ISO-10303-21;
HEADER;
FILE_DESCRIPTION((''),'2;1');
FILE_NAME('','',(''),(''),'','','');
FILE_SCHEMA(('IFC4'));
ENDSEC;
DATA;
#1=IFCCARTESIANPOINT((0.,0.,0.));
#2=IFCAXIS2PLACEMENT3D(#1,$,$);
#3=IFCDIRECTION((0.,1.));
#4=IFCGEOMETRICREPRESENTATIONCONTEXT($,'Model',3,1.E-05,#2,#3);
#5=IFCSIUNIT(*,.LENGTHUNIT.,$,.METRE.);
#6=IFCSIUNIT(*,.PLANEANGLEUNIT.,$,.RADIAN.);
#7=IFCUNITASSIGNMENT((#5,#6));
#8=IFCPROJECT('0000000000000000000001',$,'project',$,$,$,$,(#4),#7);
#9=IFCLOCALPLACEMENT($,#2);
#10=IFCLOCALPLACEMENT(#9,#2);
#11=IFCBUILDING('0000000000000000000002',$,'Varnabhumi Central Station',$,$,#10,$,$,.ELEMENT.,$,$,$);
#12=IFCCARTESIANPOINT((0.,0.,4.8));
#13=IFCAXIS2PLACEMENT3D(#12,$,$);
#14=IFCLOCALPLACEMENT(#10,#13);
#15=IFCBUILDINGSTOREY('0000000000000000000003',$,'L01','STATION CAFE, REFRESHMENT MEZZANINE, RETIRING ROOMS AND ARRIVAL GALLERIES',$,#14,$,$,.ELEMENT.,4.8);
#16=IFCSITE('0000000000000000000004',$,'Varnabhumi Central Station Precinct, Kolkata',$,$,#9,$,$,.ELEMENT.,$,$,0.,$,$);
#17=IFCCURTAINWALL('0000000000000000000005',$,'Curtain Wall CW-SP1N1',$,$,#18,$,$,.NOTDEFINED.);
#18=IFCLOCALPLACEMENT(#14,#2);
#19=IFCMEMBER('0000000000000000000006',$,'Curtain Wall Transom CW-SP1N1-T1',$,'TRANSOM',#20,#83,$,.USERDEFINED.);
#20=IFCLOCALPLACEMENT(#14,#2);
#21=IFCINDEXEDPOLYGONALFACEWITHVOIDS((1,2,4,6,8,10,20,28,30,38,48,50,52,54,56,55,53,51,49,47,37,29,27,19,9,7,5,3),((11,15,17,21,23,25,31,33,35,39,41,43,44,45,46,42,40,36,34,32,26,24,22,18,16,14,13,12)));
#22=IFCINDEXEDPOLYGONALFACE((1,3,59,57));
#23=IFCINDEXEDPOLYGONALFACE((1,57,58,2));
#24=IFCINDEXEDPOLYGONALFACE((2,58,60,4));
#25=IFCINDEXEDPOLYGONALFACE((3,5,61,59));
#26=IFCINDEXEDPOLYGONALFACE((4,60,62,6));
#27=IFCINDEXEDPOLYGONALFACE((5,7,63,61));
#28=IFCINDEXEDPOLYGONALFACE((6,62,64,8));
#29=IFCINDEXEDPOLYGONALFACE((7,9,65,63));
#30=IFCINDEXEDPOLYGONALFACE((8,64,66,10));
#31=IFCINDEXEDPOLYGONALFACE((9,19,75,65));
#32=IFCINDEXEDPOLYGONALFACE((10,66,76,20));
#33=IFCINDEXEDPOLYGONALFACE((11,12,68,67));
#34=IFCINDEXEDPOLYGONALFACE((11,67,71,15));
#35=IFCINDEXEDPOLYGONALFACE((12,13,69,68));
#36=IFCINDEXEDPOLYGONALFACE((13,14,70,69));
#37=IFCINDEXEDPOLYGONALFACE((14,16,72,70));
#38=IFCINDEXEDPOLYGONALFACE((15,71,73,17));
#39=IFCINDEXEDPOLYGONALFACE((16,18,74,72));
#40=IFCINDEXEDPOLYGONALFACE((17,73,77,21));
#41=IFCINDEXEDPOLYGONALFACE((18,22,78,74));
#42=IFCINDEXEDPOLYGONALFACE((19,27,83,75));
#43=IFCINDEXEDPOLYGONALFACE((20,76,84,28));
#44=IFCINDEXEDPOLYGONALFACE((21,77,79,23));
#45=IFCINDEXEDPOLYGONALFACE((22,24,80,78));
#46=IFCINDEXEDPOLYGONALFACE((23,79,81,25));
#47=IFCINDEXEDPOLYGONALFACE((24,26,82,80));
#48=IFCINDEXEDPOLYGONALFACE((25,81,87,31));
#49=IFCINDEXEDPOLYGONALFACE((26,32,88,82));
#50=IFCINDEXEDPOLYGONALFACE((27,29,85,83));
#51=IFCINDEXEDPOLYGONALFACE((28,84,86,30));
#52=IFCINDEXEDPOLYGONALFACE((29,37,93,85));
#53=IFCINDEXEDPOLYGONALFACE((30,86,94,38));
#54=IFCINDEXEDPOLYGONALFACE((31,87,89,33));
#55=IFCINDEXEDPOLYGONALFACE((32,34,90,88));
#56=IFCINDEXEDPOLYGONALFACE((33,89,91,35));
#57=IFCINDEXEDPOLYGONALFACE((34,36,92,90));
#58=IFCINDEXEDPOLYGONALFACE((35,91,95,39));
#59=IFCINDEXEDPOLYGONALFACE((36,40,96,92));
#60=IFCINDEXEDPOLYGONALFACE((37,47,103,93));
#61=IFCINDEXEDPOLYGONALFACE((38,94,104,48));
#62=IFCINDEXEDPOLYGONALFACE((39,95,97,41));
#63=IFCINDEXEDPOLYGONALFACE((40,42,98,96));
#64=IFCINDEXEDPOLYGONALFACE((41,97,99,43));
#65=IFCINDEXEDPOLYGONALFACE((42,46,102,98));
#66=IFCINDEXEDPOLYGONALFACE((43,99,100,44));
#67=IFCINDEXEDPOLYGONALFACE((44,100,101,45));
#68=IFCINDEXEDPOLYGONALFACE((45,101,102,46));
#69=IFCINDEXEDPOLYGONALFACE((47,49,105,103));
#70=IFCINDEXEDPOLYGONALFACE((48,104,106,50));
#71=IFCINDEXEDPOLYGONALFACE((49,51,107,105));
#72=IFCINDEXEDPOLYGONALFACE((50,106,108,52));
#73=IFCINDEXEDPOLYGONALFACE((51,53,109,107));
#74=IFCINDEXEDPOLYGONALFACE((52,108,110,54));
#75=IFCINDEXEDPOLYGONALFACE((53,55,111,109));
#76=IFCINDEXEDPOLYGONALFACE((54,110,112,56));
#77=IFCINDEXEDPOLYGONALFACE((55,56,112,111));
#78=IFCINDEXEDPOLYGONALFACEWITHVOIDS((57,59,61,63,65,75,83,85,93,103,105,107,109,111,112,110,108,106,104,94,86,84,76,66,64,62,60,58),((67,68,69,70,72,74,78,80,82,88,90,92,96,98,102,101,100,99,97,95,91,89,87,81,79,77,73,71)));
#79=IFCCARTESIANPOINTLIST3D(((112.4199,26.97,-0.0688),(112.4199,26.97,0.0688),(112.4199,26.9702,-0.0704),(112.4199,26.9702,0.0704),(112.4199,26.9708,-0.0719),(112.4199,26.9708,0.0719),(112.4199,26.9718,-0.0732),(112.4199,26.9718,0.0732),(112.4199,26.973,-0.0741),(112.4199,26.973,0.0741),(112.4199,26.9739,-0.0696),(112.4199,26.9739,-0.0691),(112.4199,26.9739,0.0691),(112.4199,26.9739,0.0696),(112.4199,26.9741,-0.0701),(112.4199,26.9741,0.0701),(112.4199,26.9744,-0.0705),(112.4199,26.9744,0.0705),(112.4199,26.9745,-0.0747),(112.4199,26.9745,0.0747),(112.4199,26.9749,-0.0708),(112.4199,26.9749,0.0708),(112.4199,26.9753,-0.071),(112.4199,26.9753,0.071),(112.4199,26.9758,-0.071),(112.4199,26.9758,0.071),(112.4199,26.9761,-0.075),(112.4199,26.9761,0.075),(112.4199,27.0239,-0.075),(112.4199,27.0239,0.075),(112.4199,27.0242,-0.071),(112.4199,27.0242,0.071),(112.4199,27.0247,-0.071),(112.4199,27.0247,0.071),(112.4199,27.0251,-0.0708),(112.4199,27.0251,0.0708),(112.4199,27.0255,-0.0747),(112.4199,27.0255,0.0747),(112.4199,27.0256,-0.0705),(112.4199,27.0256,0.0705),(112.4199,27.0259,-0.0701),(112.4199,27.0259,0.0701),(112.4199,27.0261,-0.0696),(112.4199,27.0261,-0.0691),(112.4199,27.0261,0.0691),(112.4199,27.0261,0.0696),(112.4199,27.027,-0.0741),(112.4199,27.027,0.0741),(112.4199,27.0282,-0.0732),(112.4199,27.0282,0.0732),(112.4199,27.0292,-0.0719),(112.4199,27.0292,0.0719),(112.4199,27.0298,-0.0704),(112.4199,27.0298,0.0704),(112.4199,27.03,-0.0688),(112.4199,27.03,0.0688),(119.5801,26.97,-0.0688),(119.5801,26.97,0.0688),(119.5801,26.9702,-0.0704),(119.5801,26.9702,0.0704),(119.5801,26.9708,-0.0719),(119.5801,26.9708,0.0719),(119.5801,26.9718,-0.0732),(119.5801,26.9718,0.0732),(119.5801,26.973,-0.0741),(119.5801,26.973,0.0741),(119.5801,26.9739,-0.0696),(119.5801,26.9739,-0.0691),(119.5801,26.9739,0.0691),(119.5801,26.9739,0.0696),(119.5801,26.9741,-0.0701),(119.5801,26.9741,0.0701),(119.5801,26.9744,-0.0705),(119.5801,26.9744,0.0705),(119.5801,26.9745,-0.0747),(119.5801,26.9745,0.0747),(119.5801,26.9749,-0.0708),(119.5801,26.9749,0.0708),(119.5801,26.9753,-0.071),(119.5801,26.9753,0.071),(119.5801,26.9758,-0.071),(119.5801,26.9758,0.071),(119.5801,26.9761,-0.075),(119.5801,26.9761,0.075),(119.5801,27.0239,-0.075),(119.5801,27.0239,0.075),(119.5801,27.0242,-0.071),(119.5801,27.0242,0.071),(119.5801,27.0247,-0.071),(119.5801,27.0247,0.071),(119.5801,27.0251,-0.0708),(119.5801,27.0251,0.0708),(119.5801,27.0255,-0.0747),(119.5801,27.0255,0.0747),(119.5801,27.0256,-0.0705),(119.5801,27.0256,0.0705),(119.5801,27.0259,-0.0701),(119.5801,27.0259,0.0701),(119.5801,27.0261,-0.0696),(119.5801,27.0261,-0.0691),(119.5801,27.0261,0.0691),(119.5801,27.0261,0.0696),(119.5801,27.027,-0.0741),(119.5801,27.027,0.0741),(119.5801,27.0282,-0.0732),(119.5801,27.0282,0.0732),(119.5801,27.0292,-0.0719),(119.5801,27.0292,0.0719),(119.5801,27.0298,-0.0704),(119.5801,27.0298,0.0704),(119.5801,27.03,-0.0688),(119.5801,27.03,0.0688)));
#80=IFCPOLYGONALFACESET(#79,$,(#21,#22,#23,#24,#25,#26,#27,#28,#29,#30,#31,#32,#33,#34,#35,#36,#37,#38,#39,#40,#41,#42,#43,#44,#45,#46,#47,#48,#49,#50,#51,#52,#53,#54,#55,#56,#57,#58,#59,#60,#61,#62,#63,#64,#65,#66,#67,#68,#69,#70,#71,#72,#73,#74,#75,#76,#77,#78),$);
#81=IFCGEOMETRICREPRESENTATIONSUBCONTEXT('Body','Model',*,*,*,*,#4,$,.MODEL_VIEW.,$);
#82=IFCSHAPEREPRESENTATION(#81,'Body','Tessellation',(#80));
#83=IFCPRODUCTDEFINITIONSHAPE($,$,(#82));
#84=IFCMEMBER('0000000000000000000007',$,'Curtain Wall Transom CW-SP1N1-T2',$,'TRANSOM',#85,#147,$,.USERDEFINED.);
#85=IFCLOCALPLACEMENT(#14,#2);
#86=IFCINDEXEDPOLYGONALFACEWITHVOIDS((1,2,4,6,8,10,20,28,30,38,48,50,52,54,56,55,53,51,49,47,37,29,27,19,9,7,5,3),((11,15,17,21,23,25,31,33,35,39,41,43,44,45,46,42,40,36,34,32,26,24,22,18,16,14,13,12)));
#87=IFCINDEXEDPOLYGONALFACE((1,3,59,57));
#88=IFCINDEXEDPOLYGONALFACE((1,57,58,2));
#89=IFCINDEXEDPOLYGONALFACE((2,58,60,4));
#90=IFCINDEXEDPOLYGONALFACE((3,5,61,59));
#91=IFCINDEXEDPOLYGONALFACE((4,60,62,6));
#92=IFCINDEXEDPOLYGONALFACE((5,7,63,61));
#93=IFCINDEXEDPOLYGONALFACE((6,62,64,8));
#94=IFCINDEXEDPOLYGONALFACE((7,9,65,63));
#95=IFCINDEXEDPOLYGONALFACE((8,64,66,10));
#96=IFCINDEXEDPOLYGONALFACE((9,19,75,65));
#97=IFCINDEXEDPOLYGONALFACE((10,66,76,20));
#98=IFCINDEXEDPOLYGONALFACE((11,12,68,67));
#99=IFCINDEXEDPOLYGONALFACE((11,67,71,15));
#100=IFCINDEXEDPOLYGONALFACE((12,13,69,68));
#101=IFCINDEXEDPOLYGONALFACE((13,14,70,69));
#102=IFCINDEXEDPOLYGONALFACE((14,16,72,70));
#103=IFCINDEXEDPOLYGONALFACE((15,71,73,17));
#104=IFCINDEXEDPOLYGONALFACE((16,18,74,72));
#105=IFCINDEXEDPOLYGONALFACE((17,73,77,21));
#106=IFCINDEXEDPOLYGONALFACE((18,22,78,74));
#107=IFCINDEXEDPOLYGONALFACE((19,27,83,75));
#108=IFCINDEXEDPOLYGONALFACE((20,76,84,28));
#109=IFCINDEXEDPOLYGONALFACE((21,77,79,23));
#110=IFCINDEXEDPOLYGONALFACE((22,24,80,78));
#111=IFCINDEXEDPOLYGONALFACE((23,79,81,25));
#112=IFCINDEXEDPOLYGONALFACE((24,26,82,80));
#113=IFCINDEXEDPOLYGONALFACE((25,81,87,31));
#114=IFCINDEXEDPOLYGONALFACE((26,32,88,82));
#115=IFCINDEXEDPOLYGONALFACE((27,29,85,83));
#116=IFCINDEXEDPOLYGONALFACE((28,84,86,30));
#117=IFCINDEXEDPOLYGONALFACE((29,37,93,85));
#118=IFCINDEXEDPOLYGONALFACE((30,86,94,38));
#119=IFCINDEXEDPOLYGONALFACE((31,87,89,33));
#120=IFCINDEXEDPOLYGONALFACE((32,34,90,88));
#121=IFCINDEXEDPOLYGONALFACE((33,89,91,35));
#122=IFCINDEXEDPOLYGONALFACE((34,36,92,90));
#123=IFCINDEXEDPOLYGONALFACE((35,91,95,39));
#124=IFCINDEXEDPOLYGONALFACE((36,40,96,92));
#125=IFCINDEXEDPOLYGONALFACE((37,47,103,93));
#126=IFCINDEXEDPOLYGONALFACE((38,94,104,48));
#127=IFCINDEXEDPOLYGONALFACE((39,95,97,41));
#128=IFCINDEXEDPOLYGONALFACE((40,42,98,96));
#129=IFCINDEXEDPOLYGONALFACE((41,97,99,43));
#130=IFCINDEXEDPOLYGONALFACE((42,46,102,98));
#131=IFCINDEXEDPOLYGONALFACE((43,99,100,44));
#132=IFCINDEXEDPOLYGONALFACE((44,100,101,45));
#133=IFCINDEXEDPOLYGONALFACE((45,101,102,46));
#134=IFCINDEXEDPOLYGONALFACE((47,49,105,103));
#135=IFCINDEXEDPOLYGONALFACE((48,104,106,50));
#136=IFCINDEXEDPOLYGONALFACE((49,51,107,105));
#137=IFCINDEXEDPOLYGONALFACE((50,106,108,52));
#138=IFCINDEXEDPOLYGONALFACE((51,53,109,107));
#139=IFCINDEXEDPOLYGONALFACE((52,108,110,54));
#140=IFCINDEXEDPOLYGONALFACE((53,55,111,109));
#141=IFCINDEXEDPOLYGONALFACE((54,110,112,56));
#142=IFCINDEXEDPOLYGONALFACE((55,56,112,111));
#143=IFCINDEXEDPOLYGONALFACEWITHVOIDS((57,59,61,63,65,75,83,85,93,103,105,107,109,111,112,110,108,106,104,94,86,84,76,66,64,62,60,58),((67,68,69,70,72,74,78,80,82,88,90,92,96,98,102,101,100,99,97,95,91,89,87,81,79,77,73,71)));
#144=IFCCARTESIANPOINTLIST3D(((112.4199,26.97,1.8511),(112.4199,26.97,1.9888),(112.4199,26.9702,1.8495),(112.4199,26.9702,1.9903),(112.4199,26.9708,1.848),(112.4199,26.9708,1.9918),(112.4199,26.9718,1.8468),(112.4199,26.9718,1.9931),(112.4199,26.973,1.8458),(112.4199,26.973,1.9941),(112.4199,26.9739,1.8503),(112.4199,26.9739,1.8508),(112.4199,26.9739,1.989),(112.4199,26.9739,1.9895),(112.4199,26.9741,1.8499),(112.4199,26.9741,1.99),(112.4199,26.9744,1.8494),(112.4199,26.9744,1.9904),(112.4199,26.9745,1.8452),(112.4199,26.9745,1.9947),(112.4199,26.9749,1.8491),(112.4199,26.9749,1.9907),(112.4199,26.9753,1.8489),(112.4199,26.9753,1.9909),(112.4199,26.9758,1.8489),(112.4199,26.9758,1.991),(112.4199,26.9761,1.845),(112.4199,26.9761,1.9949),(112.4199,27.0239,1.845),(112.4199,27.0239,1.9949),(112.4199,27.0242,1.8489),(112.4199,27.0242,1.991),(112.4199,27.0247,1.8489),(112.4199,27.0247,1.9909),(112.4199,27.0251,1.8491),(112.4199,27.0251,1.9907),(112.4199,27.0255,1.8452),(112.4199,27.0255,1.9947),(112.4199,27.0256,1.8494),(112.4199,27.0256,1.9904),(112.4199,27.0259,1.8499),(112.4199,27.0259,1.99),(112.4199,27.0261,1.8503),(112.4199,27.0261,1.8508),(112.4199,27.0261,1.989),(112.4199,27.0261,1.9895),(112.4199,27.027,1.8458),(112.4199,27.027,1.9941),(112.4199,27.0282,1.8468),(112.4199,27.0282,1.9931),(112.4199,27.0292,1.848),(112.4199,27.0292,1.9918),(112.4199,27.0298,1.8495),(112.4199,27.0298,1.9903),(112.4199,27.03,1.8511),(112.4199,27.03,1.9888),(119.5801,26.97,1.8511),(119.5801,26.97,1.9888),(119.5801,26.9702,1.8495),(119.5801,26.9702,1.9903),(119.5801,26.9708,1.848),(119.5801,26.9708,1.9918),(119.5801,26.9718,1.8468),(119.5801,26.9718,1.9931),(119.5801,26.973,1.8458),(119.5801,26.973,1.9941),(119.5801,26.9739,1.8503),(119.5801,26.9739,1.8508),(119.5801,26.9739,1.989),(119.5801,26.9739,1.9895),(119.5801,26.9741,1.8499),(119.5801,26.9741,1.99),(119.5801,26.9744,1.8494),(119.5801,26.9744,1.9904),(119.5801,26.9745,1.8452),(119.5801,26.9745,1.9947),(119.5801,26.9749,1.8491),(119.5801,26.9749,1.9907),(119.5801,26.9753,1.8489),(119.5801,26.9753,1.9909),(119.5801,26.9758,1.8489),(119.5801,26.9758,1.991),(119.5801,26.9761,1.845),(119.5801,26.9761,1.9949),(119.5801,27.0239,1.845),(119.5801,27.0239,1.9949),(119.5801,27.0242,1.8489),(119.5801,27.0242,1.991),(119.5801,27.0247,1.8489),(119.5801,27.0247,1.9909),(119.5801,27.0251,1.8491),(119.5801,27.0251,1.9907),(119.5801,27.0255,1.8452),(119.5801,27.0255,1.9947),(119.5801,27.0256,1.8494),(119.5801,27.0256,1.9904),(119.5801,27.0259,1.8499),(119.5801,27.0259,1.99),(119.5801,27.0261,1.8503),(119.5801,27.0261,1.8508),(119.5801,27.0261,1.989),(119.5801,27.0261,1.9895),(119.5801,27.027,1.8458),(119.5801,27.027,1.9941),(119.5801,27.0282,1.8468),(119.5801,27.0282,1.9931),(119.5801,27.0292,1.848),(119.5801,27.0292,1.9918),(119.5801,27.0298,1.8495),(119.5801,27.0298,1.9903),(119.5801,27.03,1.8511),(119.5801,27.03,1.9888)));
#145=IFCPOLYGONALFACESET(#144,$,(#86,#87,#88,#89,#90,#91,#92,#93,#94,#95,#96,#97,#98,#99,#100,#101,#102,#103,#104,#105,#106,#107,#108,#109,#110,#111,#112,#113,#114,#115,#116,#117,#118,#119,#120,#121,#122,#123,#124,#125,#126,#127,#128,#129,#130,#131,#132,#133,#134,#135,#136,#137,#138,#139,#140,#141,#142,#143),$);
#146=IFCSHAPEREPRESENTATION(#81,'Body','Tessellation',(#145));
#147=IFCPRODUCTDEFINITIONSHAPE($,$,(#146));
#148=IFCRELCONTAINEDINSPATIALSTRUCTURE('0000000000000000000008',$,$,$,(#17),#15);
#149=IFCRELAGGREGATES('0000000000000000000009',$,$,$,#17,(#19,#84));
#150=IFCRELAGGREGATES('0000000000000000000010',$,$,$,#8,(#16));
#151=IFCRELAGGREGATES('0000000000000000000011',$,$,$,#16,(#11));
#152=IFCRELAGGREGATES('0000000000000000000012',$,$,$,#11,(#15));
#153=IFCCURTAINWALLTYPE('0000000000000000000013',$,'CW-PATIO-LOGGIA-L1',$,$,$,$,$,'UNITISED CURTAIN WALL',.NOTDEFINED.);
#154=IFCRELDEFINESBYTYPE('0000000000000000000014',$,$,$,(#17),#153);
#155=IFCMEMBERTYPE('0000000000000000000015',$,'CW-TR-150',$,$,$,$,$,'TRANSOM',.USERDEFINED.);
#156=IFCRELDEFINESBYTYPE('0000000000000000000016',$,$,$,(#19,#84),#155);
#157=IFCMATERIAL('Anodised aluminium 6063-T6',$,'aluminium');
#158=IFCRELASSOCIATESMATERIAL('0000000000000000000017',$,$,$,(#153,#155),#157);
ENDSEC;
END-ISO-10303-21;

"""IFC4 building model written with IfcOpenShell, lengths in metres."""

from ifc_helpers import new_model, si_unit, direction, frame, origin, origin_2d, place, context, subcontext, project, spatial, hollow_rectangle, extrude, material, material_profile, profile_set, type_object, element, aggregate, save


model = new_model("IFC4")

# Units and contexts
model_context = context("Model", 3, precision=1e-05, world=origin(), true_north=direction((0.0, 1.0)))
body_context = subcontext(model_context, "Body", "Model", "MODEL_VIEW")
ifc_project = project(units=[si_unit("LENGTHUNIT", "METRE"), si_unit("PLANEANGLEUNIT", "RADIAN")], contexts=[model_context])

# Site, building, storey
site_placement = place(None, origin())
site = spatial("IfcSite", under=ifc_project, at=site_placement, Name="Varnabhumi Central Station Precinct, Kolkata", CompositionType="ELEMENT", RefElevation=0.0)
building_placement = place(site_placement, origin())
building = spatial("IfcBuilding", under=site, at=building_placement, Name="Varnabhumi Central Station", CompositionType="ELEMENT")
storey_placement = place(building_placement, frame((0.0, 0.0, 4.8)))
storey = spatial("IfcBuildingStorey", under=building, at=storey_placement, Name="L01", Description="STATION CAFE, REFRESHMENT MEZZANINE, RETIRING ROOMS AND ARRIVAL GALLERIES", CompositionType="ELEMENT", Elevation=4.8)

# Curtain wall, members
ifc_material_1 = material(Name="Anodised aluminium 6063-T6", Category="aluminium")
curtain_wall_type = type_object("IfcCurtainWallType", Name="CW-PATIO-LOGGIA-L1", ElementType="UNITISED CURTAIN WALL", PredefinedType="NOTDEFINED", material=ifc_material_1)
curtain_wall_1_placement = place(storey_placement, origin())
curtain_wall_1 = element("IfcCurtainWall", 1, at=curtain_wall_1_placement, inside=storey, type_object=curtain_wall_type, Name="Curtain Wall CW-SP1N1", PredefinedType="NOTDEFINED")
ifc_material_profile_1 = material_profile(ifc_material_1, hollow_rectangle(XDim=0.0601, YDim=0.1499, WallThickness=0.0039, InnerFilletRadius=0.002, OuterFilletRadius=0.0061, at=origin_2d()), Name="Anodised aluminium 6063-T6", Category="aluminium")
ifc_profile_set_1 = profile_set([ifc_material_profile_1], Name="Anodised aluminium 6063-T6")
member_type_1 = type_object("IfcMemberType", Name="CW-TR-150", ElementType="TRANSOM", PredefinedType="USERDEFINED", material=ifc_profile_set_1)
member_1_placement = place(storey_placement, frame((112.4199, 27.0, 0.0), z_axis=(1.0, 0.0, 0.0), x_axis=(0.0, 1.0, 0.0)))
member_1 = element("IfcMember", 2, at=member_1_placement, type_object=member_type_1, Name="Curtain Wall Transom CW-SP1N1-T1", ObjectType="TRANSOM", PredefinedType="USERDEFINED", context=body_context, shape_type="SweptSolid", body=[
    extrude(hollow_rectangle(XDim=0.0601, YDim=0.1499, WallThickness=0.0039, InnerFilletRadius=0.002, OuterFilletRadius=0.0061, at=origin_2d()), origin(), (0.0, 0.0, 1.0), 7.1602),
])
member_2_placement = place(storey_placement, frame((112.4199, 27.0, 1.9199), z_axis=(1.0, 0.0, 0.0), x_axis=(0.0, 1.0, 0.0)))
member_2 = element("IfcMember", 3, at=member_2_placement, type_object=member_type_1, Name="Curtain Wall Transom CW-SP1N1-T2", ObjectType="TRANSOM", PredefinedType="USERDEFINED", context=body_context, shape_type="SweptSolid", body=[
    extrude(hollow_rectangle(XDim=0.0601, YDim=0.1499, WallThickness=0.0039, InnerFilletRadius=0.002, OuterFilletRadius=0.0061, at=origin_2d()), origin(), (0.0, 0.0, 1.0), 7.1602),
])

aggregate(curtain_wall_1, [member_1, member_2])

save(model, "model.ifc")
